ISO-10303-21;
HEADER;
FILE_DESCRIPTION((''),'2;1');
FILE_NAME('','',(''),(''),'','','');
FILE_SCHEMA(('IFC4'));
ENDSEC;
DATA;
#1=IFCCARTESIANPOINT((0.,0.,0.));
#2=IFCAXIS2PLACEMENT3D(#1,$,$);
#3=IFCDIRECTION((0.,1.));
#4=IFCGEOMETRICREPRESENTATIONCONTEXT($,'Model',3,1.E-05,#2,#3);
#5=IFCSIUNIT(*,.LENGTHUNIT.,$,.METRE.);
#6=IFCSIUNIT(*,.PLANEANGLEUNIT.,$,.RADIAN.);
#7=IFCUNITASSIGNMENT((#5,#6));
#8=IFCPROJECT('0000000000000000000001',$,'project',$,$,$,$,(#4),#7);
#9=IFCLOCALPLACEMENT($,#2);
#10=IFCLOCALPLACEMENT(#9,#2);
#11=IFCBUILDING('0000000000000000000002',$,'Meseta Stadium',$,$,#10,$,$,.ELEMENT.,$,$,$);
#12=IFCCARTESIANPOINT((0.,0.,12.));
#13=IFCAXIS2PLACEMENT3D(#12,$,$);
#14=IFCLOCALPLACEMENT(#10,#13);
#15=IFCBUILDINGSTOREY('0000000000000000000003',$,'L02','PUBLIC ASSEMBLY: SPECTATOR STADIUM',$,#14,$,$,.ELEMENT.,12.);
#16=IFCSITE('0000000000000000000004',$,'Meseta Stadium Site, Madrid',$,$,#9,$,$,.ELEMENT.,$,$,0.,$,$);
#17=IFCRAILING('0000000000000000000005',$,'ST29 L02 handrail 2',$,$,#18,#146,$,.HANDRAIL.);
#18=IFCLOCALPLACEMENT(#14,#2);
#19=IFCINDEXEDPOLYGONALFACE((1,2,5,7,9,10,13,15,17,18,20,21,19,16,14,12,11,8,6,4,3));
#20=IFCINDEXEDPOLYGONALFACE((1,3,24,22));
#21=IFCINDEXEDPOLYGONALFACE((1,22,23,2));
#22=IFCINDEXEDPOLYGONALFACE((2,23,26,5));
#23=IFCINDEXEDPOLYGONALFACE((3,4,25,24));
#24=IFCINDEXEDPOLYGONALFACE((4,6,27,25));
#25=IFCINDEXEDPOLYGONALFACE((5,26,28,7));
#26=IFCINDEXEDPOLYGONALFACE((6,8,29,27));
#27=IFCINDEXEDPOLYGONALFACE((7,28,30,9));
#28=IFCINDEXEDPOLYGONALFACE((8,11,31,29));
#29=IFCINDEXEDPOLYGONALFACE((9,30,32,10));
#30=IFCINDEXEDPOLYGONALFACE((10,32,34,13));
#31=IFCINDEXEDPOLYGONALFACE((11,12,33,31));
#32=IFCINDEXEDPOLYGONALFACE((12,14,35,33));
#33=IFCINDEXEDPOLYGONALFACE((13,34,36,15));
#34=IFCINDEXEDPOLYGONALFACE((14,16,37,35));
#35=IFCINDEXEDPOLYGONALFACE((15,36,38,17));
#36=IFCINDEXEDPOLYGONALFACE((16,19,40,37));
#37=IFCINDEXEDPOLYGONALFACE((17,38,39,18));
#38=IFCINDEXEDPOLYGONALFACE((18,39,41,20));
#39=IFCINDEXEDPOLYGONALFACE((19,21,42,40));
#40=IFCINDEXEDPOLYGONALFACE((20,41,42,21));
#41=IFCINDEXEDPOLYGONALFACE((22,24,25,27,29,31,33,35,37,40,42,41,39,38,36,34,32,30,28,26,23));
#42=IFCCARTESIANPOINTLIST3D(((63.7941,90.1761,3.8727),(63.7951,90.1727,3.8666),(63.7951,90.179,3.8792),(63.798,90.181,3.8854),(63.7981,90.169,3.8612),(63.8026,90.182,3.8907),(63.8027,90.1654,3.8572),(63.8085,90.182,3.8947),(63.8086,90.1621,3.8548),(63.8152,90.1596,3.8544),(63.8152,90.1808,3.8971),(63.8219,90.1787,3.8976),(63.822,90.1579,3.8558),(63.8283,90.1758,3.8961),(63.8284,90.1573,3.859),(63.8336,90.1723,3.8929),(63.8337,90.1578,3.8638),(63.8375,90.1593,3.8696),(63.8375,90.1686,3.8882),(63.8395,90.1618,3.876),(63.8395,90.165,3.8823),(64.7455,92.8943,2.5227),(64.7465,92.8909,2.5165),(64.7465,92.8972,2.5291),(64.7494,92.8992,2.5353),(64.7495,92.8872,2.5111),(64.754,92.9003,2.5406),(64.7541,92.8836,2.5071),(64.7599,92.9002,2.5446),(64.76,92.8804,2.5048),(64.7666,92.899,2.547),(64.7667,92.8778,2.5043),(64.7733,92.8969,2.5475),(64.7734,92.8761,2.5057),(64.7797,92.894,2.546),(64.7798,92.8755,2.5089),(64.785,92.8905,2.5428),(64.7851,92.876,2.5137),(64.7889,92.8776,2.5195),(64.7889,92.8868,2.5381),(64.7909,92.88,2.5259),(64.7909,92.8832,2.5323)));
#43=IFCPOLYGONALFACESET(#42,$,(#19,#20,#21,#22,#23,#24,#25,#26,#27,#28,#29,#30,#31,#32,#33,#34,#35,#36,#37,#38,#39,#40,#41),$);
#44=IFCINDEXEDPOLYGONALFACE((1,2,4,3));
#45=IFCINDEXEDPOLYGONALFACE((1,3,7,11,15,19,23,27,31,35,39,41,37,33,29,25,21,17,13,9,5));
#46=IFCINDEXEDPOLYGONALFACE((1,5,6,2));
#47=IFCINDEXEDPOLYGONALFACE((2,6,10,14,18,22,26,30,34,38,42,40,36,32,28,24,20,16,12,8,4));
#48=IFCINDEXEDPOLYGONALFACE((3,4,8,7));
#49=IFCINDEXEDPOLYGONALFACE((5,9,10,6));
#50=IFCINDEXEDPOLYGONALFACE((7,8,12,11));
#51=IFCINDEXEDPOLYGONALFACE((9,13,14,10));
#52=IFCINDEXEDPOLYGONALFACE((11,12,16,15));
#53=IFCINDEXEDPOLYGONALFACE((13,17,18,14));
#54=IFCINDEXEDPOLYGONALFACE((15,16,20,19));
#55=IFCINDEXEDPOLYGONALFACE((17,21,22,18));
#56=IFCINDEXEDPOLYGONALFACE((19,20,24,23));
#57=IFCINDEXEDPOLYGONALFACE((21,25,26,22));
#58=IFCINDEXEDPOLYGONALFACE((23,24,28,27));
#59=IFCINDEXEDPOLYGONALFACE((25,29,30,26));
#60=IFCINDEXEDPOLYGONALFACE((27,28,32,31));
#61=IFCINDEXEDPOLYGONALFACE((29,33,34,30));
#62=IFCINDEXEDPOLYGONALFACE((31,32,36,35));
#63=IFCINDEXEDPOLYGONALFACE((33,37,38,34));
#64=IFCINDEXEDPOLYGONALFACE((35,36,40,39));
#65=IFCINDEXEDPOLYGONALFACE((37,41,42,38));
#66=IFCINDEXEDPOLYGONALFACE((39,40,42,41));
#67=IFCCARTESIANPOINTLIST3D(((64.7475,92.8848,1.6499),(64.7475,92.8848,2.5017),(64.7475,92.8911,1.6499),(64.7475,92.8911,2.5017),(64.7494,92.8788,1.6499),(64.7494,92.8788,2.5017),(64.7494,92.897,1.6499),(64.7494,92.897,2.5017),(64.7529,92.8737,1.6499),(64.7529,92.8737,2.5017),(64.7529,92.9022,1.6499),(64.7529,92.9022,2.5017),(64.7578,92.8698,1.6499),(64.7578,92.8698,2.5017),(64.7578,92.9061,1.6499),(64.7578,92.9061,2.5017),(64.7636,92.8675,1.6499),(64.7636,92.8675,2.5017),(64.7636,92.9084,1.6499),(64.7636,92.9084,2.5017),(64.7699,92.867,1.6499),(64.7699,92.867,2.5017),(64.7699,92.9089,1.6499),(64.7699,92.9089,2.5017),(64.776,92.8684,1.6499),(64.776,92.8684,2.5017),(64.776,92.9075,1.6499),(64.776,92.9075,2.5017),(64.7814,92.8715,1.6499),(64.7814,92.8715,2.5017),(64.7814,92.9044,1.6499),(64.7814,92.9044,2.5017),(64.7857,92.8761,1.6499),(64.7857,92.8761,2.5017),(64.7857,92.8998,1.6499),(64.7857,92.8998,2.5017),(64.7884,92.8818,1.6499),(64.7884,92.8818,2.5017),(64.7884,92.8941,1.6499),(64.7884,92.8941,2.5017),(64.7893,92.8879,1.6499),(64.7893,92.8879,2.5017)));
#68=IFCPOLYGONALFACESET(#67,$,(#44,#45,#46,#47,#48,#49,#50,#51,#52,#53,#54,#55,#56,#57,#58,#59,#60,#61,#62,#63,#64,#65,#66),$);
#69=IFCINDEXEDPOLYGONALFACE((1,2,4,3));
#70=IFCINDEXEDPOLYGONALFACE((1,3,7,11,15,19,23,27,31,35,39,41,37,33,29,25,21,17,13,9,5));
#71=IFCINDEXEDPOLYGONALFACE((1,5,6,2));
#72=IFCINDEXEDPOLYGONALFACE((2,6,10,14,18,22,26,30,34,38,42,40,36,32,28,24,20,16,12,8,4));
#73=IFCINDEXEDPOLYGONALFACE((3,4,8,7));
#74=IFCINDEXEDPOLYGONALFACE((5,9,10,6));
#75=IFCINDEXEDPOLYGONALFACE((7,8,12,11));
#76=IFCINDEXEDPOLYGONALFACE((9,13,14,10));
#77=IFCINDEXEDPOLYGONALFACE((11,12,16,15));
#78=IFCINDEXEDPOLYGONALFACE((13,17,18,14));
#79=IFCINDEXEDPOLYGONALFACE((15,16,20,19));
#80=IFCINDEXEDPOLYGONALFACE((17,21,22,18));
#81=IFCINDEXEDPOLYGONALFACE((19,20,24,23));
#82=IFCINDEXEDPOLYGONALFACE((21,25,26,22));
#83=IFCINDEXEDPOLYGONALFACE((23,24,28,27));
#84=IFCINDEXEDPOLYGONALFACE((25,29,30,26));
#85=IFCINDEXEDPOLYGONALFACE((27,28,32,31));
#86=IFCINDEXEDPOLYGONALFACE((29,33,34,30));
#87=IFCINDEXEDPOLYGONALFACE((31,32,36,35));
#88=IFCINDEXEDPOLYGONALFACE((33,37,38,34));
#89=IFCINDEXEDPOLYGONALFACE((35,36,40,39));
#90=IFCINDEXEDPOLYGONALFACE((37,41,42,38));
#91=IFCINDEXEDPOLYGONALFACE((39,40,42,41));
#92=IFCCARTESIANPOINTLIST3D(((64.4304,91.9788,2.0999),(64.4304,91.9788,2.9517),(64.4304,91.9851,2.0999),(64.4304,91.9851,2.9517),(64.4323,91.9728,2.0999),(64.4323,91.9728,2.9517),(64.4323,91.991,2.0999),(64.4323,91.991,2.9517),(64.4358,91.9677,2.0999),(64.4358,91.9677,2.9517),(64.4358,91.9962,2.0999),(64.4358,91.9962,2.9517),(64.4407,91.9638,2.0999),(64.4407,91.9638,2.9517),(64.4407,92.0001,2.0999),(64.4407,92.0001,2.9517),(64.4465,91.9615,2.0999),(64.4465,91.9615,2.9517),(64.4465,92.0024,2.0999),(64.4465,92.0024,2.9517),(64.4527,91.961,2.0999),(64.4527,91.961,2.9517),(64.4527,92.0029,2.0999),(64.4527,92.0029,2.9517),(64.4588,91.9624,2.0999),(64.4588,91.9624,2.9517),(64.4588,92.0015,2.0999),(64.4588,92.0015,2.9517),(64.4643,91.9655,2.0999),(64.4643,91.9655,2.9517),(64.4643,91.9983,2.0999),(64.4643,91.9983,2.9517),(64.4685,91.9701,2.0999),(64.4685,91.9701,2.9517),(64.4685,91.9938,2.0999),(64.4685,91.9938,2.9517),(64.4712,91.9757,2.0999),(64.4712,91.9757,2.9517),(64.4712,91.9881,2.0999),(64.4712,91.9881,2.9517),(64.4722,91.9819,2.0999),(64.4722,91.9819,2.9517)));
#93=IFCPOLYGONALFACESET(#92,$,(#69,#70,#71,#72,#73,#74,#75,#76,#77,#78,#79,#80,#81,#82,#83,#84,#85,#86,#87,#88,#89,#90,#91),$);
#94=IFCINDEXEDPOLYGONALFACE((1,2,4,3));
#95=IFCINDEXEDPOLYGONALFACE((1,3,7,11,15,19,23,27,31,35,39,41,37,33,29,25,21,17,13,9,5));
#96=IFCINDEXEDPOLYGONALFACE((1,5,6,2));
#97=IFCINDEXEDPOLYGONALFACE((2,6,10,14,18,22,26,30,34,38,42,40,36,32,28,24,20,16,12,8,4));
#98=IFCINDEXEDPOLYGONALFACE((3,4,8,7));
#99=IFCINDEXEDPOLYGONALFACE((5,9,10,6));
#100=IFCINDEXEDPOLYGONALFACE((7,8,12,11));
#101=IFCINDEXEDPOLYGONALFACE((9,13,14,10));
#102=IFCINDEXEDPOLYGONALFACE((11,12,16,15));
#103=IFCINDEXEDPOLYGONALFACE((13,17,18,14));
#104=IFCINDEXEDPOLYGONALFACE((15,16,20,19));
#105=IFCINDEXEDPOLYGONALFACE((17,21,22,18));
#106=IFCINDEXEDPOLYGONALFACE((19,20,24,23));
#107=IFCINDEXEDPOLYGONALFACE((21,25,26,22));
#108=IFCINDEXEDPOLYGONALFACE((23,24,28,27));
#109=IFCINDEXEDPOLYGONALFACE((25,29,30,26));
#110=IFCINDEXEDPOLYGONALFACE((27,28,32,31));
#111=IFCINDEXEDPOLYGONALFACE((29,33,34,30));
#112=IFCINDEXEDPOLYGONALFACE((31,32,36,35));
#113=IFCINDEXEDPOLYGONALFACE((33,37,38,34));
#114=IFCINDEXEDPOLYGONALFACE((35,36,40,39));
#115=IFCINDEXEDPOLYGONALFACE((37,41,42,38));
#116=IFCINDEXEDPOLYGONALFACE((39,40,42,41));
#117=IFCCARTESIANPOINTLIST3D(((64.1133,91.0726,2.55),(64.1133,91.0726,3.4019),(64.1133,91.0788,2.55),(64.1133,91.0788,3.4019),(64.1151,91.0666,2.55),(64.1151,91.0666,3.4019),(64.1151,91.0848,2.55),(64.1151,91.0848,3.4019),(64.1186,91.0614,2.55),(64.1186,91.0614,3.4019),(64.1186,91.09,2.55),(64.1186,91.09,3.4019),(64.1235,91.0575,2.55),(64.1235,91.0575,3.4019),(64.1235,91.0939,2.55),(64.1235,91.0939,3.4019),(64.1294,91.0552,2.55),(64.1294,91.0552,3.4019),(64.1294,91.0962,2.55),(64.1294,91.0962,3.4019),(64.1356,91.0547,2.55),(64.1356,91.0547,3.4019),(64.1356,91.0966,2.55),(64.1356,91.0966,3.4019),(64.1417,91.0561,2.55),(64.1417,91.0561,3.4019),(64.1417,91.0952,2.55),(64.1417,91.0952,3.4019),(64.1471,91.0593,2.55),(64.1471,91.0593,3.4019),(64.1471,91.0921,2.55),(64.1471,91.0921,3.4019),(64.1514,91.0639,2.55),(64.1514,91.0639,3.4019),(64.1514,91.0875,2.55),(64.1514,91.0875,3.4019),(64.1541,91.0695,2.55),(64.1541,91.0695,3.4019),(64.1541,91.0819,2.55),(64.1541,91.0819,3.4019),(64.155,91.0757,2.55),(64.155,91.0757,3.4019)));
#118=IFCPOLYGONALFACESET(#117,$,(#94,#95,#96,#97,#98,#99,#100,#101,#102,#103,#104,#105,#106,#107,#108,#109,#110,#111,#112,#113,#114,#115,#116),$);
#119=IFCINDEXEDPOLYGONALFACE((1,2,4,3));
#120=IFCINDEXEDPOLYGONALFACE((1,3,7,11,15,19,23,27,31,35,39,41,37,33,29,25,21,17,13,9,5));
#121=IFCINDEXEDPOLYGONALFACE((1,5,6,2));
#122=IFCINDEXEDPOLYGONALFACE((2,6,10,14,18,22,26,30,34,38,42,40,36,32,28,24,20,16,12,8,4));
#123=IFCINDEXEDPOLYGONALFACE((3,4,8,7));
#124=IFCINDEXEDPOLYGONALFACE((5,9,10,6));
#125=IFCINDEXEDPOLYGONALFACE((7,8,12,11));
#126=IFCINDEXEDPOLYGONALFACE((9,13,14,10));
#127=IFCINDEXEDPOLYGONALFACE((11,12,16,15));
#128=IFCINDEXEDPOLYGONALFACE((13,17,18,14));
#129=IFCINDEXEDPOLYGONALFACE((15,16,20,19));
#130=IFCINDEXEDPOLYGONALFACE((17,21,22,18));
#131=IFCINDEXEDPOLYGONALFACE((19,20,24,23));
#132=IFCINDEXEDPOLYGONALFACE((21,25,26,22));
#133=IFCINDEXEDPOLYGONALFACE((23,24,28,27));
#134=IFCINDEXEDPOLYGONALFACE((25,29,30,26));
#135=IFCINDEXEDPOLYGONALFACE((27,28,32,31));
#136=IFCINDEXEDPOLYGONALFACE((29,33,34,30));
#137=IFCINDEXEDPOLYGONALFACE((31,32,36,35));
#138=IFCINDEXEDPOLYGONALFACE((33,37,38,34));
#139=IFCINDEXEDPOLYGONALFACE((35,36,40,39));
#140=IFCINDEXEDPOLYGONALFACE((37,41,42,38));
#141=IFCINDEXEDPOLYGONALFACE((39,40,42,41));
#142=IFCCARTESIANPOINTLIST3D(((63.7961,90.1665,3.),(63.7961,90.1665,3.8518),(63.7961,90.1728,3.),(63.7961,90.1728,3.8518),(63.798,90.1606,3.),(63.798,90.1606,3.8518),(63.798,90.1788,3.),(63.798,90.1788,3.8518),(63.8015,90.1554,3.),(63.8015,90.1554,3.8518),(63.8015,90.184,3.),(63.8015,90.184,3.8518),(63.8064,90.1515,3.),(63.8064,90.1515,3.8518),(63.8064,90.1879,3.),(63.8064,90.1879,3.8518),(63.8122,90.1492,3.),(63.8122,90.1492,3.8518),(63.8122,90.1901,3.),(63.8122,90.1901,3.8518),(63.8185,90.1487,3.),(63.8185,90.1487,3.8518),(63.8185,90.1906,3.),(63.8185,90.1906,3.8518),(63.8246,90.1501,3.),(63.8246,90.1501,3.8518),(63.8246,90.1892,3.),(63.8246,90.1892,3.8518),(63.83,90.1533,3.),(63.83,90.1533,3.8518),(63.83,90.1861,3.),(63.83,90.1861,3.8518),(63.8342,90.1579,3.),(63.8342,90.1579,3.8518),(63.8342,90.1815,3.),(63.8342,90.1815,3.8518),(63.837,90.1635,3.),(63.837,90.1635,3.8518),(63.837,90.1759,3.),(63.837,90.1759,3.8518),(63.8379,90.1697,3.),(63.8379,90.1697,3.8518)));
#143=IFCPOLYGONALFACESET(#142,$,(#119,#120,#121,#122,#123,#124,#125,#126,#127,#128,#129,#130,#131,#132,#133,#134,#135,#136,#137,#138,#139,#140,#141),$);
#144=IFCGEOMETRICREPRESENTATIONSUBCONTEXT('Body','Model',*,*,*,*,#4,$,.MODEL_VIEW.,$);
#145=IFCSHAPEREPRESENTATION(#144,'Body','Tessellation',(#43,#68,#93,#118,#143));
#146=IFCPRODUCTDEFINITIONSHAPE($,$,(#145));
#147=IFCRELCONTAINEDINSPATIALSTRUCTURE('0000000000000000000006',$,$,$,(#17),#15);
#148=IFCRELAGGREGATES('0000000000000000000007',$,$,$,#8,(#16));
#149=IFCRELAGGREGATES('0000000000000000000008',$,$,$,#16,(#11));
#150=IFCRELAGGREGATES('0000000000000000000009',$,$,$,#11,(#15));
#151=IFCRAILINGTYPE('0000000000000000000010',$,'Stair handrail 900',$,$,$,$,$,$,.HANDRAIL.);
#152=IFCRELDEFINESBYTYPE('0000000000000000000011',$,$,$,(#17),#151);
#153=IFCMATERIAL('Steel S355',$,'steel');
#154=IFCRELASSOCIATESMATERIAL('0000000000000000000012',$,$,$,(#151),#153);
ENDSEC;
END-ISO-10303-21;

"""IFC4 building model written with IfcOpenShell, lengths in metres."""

from ifc_helpers import new_model, si_unit, direction, frame, origin, origin_2d, place, context, subcontext, project, spatial, circle, extrude, material, type_object, element, save


model = new_model("IFC4")

# Units and contexts
model_context = context("Model", 3, precision=1e-05, world=origin(), true_north=direction((0.0, 1.0)))
body_context = subcontext(model_context, "Body", "Model", "MODEL_VIEW")
ifc_project = project(units=[si_unit("LENGTHUNIT", "METRE"), si_unit("PLANEANGLEUNIT", "RADIAN")], contexts=[model_context])

# Site, building, storey
site_placement = place(None, origin())
site = spatial("IfcSite", under=ifc_project, at=site_placement, Name="Meseta Stadium Site, Madrid", CompositionType="ELEMENT", RefElevation=0.0)
building_placement = place(site_placement, origin())
building = spatial("IfcBuilding", under=site, at=building_placement, Name="Meseta Stadium", CompositionType="ELEMENT")
storey_placement = place(building_placement, frame((0.0, 0.0, 12.0)))
storey = spatial("IfcBuildingStorey", under=building, at=storey_placement, Name="L02", Description="PUBLIC ASSEMBLY: SPECTATOR STADIUM", CompositionType="ELEMENT", Elevation=12.0)

# Railing
ifc_material_1 = material(Name="Steel S355", Category="steel")
railing_type_1 = type_object("IfcRailingType", Name="Stair handrail 900", PredefinedType="HANDRAIL", material=ifc_material_1)
for number, where, name in (
    (1, (64.7683, 92.8879, 1.6499), "ST29 L02 handrail 2"),
):
    element("IfcRailing", number, at=place(storey_placement, frame(where)), inside=storey, type_object=railing_type_1, Name=name, PredefinedType="HANDRAIL", context=body_context, shape_type="SweptSolid", body=[
        extrude(circle(Radius=0.0239, at=origin_2d()), frame((0.0, 0.0, 0.876), z_axis=(-0.299121, -0.854609, 0.424465), x_axis=(0.943856, -0.330358, 0.0)), (0.0, 0.0, 1.0), 3.1807),
        extrude(circle(Radius=0.021, at=origin_2d()), origin(), (0.0, 0.0, 1.0), 0.8518),
        extrude(circle(Radius=0.021, at=origin_2d()), frame((-0.3171, -0.906, 0.45)), (0.0, 0.0, 1.0), 0.8518),
        extrude(circle(Radius=0.021, at=origin_2d()), frame((-0.6343, -1.8123, 0.9001)), (0.0, 0.0, 1.0), 0.8518),
        extrude(circle(Radius=0.021, at=origin_2d()), frame((-0.9514, -2.7183, 1.3501)), (0.0, 0.0, 1.0), 0.8518),
    ])

save(model, "model.ifc")
